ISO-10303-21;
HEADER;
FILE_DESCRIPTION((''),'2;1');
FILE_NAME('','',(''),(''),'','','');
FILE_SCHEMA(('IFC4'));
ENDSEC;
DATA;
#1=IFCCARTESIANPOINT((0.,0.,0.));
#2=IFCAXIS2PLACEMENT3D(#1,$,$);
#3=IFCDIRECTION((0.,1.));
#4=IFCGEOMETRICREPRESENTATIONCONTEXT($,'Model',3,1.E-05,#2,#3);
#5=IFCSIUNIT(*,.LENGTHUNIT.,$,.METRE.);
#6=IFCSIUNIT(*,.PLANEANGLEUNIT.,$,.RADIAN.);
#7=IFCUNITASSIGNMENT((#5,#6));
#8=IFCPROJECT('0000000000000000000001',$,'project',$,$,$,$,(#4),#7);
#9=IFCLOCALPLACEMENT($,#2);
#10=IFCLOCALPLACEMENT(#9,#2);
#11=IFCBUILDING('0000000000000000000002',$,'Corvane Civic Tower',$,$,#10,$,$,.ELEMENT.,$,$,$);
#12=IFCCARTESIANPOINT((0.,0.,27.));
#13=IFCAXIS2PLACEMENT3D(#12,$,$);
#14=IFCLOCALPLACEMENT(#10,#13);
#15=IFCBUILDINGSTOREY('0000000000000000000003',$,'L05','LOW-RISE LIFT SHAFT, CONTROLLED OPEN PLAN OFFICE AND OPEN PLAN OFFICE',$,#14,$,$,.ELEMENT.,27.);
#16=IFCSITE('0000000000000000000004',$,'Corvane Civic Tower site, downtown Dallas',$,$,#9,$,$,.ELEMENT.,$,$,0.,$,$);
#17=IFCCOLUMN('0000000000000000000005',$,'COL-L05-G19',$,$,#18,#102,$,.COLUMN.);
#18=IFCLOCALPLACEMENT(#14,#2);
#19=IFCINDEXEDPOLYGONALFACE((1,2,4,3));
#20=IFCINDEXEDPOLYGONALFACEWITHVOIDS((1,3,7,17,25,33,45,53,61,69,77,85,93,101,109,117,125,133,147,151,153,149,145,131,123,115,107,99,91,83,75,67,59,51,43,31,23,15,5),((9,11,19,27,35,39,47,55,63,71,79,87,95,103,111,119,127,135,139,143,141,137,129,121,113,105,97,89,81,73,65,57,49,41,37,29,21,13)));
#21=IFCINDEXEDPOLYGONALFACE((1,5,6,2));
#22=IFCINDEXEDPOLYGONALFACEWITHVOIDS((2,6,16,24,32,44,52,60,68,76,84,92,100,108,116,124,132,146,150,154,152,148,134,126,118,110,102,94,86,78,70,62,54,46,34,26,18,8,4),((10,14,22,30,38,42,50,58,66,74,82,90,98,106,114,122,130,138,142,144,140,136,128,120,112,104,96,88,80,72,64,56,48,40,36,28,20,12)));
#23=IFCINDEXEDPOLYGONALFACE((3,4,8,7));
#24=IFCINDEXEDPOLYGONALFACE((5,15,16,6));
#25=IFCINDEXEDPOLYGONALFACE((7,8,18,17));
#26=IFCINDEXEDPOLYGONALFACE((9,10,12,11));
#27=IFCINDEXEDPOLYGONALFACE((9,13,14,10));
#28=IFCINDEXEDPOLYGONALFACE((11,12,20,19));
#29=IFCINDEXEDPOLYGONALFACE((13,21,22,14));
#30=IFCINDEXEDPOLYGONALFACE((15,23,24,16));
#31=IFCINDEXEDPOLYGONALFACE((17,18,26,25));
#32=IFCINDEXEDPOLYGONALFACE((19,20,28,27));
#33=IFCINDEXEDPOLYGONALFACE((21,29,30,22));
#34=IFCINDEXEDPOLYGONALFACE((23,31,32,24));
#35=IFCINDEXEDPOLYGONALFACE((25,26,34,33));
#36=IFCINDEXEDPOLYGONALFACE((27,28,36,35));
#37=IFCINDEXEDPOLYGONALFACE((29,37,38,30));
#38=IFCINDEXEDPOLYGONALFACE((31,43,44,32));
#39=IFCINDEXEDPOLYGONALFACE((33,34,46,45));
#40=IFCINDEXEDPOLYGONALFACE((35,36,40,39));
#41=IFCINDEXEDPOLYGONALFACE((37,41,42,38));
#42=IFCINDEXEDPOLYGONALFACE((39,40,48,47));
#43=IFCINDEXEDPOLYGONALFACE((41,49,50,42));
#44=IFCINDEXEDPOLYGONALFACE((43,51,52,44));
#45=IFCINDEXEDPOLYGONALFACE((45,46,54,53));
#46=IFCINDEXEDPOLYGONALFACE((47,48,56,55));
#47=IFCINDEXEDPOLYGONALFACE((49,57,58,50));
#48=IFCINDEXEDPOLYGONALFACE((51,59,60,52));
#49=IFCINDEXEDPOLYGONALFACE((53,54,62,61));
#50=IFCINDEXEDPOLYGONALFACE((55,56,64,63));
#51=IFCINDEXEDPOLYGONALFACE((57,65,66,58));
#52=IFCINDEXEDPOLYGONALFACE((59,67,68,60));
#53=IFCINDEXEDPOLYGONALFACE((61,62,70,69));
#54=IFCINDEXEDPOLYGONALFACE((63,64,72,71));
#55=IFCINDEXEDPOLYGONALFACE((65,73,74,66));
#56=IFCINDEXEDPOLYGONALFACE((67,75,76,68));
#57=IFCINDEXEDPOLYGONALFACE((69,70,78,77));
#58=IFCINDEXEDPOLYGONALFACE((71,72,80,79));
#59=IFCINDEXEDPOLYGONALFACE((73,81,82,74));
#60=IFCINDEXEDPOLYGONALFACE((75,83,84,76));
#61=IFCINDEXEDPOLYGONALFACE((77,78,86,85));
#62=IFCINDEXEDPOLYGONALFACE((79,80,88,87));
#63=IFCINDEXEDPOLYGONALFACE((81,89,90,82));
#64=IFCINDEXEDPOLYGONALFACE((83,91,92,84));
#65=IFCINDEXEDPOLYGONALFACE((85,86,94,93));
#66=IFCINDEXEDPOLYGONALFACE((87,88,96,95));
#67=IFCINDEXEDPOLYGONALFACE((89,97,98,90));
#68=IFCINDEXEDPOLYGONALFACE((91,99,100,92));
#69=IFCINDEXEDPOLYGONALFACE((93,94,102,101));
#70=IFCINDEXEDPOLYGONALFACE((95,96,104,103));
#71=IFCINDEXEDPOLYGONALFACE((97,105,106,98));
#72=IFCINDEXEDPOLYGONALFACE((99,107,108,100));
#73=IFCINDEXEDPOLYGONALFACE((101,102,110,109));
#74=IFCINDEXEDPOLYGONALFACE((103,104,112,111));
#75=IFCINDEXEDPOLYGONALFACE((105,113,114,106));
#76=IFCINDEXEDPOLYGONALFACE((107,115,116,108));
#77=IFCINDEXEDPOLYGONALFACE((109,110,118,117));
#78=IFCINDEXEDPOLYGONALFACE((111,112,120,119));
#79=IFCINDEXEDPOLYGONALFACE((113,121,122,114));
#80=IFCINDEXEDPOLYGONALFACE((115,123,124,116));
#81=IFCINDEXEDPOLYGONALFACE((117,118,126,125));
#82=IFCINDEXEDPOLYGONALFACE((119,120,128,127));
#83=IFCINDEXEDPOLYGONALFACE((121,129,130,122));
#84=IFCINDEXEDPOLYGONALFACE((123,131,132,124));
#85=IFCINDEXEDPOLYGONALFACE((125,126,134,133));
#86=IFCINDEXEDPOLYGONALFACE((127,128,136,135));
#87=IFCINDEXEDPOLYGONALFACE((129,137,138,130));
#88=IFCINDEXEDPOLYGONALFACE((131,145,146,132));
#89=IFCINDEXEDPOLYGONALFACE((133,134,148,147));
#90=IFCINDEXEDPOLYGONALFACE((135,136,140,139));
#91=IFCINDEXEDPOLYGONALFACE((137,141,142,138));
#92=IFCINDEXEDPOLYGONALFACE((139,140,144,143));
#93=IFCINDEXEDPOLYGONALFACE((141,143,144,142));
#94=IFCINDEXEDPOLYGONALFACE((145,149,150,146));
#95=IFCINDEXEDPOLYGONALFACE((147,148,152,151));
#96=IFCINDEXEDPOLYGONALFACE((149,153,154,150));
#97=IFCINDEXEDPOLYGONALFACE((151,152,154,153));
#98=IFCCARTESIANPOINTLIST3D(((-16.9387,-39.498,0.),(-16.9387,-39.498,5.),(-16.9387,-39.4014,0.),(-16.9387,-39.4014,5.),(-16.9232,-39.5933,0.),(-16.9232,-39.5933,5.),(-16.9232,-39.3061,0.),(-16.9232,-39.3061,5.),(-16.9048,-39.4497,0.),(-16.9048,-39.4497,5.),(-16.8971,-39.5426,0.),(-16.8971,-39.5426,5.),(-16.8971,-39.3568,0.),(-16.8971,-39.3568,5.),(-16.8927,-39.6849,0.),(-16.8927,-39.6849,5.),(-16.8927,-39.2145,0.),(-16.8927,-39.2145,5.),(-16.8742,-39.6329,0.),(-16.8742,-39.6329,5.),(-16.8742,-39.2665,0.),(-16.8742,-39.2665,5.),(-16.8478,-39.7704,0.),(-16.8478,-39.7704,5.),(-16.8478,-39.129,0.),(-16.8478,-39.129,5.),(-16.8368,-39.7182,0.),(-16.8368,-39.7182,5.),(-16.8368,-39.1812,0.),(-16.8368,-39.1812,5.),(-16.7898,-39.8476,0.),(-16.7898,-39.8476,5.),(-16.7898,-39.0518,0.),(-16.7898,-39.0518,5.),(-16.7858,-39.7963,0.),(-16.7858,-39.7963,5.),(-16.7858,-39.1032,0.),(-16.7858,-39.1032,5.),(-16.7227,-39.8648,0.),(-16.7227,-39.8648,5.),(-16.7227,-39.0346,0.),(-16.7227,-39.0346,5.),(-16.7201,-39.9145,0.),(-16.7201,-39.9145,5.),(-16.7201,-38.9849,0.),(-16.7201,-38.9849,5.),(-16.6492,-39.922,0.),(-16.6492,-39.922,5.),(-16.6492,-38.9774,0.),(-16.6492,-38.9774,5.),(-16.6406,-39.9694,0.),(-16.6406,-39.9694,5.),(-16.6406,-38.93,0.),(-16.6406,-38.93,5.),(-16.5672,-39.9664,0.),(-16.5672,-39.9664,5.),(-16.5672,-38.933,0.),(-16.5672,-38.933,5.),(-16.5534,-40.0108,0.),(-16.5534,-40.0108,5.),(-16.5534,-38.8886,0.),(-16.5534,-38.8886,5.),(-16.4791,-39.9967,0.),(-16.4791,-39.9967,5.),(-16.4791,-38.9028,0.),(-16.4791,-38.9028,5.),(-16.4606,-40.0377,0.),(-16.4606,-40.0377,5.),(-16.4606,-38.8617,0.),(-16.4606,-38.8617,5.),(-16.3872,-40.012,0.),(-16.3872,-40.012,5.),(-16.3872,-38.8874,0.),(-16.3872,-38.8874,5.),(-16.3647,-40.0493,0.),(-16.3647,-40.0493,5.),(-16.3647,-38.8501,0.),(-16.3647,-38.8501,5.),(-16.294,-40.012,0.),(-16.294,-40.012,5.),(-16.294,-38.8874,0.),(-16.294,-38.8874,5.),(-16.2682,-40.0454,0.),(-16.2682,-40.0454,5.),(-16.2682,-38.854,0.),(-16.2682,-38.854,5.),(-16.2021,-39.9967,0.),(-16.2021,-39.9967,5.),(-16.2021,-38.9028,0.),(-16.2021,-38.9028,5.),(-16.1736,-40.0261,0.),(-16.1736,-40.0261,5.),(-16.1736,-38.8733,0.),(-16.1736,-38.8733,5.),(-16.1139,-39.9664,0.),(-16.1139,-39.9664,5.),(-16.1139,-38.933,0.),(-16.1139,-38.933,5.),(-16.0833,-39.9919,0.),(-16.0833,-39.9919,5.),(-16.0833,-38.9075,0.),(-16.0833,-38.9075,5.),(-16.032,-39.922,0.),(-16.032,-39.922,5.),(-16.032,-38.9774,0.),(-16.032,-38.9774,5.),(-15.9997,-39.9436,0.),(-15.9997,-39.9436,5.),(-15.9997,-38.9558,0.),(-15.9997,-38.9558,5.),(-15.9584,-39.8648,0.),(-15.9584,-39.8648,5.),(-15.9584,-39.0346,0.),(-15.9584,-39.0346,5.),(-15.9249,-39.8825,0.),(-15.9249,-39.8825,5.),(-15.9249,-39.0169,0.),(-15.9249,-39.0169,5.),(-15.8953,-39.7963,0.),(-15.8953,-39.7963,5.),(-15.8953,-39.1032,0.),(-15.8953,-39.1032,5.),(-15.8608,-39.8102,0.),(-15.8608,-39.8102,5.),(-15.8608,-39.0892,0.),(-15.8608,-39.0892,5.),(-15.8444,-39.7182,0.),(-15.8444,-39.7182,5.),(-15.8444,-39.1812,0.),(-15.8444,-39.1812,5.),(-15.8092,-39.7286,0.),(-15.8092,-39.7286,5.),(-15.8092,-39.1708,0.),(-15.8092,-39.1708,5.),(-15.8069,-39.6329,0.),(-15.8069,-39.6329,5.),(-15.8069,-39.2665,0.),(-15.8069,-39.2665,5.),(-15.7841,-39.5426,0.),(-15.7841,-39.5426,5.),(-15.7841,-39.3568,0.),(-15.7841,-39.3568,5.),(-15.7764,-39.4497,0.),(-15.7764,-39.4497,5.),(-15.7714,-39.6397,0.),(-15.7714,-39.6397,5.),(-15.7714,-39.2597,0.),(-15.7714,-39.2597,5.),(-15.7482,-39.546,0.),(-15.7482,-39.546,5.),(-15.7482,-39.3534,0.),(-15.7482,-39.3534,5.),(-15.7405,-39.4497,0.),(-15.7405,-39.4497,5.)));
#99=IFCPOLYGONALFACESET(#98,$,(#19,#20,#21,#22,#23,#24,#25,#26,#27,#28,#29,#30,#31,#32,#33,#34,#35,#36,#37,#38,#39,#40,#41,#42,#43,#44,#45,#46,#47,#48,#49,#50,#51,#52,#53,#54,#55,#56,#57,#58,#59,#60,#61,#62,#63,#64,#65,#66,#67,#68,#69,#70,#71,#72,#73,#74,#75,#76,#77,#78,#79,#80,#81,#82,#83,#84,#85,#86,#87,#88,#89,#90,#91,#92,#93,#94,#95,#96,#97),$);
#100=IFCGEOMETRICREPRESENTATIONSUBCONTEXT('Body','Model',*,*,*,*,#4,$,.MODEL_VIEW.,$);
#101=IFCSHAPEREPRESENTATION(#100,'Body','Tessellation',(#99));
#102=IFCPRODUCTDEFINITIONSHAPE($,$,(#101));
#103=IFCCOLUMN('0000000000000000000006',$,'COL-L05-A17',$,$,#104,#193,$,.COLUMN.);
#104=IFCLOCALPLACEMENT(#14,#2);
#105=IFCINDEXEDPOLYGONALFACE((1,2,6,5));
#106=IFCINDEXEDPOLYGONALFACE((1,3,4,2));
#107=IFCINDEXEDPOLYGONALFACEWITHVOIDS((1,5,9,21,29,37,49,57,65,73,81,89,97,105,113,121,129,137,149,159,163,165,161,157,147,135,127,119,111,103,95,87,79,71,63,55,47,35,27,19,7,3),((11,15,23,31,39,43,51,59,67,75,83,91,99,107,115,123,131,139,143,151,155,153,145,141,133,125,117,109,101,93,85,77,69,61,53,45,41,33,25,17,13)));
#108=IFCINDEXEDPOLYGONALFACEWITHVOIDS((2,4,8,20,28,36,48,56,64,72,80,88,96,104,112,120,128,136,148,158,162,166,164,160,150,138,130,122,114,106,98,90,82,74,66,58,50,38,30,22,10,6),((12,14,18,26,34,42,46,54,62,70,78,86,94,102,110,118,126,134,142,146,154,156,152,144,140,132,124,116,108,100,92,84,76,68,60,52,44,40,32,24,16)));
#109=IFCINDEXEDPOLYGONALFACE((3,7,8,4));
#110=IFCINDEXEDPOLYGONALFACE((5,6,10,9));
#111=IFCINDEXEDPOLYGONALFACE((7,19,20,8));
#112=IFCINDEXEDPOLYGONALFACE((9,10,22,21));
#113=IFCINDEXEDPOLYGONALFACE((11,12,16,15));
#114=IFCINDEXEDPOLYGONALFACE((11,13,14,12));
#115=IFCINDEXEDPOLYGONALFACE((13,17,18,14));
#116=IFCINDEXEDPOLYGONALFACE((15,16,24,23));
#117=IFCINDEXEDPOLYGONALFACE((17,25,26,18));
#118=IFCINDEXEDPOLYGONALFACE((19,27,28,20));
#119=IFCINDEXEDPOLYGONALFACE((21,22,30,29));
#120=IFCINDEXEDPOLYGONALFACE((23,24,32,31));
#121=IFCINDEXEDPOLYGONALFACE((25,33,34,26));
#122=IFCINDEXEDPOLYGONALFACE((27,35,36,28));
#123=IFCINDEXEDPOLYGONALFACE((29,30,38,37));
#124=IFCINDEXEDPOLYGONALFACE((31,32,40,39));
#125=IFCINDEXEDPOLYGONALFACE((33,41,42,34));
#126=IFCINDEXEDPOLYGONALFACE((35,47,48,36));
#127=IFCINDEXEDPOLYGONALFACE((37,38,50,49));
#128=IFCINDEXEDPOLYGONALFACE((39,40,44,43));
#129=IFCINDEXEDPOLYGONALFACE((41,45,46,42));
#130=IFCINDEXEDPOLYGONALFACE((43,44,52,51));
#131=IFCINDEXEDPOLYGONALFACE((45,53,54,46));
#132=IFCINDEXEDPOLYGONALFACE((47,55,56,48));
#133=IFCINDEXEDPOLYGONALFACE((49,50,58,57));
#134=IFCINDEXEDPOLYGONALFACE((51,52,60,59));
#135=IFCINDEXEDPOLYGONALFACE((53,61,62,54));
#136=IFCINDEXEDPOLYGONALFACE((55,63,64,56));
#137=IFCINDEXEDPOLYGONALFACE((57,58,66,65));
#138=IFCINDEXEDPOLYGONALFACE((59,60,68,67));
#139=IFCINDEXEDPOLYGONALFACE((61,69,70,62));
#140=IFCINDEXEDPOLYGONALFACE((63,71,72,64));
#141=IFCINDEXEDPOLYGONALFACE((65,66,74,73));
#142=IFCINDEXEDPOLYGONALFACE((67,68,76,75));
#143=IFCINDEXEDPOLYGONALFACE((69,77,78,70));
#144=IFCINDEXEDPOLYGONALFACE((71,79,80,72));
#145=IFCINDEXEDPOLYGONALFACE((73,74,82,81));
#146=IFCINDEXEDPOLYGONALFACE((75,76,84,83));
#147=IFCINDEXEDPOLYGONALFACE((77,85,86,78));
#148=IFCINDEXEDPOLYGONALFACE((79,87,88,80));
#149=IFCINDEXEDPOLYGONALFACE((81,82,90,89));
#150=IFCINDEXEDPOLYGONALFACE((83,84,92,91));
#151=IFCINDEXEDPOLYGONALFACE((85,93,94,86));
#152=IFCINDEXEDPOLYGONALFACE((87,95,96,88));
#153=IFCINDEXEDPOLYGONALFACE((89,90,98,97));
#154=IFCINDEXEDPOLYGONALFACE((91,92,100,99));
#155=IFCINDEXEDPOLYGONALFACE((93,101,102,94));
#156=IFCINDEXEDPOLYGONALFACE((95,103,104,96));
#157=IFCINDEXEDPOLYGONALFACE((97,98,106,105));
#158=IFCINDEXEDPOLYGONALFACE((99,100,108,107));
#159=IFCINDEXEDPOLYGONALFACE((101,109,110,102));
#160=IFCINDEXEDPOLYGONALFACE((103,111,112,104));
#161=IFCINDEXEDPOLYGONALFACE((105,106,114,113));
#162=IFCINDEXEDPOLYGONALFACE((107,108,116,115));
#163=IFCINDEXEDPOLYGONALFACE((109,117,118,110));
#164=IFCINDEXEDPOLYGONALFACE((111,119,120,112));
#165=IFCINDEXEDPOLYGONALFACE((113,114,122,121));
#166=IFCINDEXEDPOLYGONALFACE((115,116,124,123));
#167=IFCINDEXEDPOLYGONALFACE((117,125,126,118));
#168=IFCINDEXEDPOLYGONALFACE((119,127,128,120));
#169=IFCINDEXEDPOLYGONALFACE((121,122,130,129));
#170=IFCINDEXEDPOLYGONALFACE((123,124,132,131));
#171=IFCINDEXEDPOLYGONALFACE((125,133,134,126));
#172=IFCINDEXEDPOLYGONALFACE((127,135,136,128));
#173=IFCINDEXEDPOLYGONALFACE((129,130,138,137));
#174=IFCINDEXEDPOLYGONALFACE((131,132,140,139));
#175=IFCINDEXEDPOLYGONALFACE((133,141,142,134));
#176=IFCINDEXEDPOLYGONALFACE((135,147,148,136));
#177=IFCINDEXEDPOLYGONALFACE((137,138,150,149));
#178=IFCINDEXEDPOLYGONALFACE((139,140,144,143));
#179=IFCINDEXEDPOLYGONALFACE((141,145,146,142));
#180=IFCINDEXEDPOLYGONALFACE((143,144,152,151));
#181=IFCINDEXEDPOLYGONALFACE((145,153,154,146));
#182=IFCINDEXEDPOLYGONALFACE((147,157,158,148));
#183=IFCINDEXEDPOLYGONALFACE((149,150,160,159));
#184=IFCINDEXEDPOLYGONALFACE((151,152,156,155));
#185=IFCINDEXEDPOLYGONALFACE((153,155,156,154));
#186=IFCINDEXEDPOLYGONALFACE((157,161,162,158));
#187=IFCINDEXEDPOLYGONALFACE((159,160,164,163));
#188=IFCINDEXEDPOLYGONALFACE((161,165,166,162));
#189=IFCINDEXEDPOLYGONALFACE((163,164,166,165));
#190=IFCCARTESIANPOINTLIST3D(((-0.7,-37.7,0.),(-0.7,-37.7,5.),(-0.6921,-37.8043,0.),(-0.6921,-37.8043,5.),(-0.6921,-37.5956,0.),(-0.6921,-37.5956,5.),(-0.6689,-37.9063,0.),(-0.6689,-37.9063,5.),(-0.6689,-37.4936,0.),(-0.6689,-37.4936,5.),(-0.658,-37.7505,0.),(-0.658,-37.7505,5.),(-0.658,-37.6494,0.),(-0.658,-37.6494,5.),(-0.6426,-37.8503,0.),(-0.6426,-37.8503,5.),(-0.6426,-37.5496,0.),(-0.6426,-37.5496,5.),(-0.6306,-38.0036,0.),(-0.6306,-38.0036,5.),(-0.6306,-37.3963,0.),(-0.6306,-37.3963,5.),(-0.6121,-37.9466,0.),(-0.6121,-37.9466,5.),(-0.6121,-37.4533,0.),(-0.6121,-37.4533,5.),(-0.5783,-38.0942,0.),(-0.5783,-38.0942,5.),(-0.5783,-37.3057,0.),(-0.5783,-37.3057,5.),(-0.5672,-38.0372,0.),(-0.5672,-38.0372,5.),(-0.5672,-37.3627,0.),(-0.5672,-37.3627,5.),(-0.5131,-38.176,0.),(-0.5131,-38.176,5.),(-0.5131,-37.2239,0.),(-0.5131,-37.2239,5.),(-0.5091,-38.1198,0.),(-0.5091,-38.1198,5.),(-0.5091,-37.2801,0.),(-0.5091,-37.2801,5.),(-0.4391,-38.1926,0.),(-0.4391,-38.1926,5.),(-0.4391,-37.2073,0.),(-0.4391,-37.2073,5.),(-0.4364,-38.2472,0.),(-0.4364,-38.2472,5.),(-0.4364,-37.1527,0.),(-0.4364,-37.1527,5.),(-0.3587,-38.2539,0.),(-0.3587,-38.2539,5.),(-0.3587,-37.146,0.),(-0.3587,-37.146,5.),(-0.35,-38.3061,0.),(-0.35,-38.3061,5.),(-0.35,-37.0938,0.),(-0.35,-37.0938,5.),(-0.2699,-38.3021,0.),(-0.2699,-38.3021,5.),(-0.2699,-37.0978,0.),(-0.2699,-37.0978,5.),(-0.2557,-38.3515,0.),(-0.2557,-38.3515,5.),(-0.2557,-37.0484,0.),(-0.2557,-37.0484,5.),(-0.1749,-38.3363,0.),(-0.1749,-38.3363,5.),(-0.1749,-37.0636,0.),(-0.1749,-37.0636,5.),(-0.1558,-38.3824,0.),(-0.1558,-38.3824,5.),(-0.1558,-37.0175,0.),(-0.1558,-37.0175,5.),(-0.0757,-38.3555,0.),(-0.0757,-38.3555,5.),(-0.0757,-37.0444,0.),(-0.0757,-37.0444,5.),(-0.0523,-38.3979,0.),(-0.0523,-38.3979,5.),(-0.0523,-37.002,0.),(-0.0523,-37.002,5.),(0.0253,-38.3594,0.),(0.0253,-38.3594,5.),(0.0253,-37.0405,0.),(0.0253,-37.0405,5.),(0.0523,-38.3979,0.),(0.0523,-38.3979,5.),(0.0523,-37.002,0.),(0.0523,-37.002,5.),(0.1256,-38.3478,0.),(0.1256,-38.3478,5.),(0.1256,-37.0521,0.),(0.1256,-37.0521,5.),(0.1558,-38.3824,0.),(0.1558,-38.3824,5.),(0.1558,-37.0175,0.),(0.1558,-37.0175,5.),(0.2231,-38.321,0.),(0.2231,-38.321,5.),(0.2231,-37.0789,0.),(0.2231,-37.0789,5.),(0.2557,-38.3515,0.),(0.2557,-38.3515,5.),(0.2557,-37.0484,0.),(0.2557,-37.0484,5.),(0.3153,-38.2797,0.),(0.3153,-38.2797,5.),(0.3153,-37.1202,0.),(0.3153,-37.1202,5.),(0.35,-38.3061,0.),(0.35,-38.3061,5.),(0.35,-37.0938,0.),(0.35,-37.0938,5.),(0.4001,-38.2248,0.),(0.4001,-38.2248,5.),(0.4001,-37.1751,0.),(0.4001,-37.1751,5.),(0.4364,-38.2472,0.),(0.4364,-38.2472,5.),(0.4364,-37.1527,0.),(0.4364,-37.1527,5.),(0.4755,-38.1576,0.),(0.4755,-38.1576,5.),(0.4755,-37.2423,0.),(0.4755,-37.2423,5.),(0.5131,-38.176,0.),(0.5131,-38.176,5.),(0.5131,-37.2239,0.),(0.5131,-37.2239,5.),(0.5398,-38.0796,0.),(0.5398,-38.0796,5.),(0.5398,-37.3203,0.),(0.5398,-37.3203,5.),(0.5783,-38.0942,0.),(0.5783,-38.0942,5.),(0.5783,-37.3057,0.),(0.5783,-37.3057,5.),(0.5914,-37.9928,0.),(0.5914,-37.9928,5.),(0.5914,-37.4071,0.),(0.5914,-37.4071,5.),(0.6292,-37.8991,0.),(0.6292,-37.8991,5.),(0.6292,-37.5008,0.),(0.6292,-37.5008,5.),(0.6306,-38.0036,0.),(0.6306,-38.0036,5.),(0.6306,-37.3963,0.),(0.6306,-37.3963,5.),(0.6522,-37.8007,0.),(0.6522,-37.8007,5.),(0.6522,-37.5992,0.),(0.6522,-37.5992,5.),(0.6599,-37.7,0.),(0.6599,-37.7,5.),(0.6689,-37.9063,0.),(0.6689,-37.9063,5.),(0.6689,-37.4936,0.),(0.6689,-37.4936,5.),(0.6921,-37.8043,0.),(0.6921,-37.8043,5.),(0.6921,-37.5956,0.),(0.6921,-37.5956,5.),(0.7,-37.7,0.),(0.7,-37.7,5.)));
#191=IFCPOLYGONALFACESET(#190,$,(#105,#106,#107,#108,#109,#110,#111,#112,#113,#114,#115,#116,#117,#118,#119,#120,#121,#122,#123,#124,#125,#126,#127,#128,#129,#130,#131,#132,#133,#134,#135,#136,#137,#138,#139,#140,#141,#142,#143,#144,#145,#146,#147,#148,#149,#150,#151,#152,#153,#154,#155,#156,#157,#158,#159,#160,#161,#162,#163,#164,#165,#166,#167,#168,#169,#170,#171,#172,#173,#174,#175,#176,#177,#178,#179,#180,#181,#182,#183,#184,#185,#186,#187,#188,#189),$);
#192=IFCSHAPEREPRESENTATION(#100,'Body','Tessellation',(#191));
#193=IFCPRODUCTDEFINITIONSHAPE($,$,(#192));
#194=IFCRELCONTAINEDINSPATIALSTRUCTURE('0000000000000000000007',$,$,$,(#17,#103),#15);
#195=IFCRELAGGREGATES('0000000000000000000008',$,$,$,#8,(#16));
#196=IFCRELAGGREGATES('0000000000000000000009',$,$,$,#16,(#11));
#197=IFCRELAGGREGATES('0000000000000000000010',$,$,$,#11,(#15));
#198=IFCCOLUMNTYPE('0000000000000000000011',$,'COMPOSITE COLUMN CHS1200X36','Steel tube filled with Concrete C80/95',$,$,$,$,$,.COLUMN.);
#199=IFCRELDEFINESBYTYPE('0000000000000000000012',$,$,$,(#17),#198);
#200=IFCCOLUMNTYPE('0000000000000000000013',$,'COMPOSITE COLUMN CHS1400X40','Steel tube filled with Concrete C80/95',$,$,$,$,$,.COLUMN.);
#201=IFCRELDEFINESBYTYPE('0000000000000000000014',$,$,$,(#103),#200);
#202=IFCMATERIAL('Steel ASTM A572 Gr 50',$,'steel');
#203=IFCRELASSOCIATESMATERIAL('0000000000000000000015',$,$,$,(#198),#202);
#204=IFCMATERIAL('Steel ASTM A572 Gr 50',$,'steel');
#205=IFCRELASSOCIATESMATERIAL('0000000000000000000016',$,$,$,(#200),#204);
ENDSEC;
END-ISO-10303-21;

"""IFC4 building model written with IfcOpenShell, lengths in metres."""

from ifc_helpers import new_model, si_unit, direction, frame, origin, origin_2d, place, context, subcontext, project, spatial, hollow_circle, extrude, material, material_profile, profile_set, type_object, element, save


model = new_model("IFC4")

# Units and contexts
model_context = context("Model", 3, precision=1e-05, world=origin(), true_north=direction((0.0, 1.0)))
body_context = subcontext(model_context, "Body", "Model", "MODEL_VIEW")
ifc_project = project(units=[si_unit("LENGTHUNIT", "METRE"), si_unit("PLANEANGLEUNIT", "RADIAN")], contexts=[model_context])

# Site, building, storey
site_placement = place(None, origin())
site = spatial("IfcSite", under=ifc_project, at=site_placement, Name="Corvane Civic Tower site, downtown Dallas", CompositionType="ELEMENT", RefElevation=0.0)
building_placement = place(site_placement, origin())
building = spatial("IfcBuilding", under=site, at=building_placement, Name="Corvane Civic Tower", CompositionType="ELEMENT")
storey_placement = place(building_placement, frame((0.0, 0.0, 27.0)))
storey = spatial("IfcBuildingStorey", under=building, at=storey_placement, Name="L05", Description="LOW-RISE LIFT SHAFT, CONTROLLED OPEN PLAN OFFICE AND OPEN PLAN OFFICE", CompositionType="ELEMENT", Elevation=27.0)

# Columns
ifc_material_1 = material(Name="Steel ASTM A572 Gr 50", Category="steel")
ifc_material_profile_1 = material_profile(ifc_material_1, hollow_circle(Radius=0.6001, WallThickness=0.0359, at=origin_2d()), Name="CHS1200X36")
ifc_profile_set_1 = profile_set([ifc_material_profile_1], Name="Steel ASTM A572 Gr 50")
column_type_1 = type_object("IfcColumnType", Name="COMPOSITE COLUMN CHS1200X36", Description="Steel tube filled with Concrete C80/95", PredefinedType="COLUMN", material=ifc_profile_set_1)
for number, where, z_axis, x_axis, name in (
    (1, (-16.3406, -39.4497, 0.0), (0.0, 0.0, 1.0), (1.0, 0.0, 0.0), "COL-L05-G19"),
):
    element("IfcColumn", number, at=place(storey_placement, frame(where, z_axis=z_axis, x_axis=x_axis)), inside=storey, type_object=column_type_1, Name=name, PredefinedType="COLUMN", context=body_context, shape_type="SweptSolid", body=[
        extrude(hollow_circle(Radius=0.6001, WallThickness=0.0359, at=origin_2d()), origin(), (0.0, 0.0, 1.0), 5.0),
    ])
ifc_material_2 = material(Name="Steel ASTM A572 Gr 50", Category="steel")
ifc_material_profile_2 = material_profile(ifc_material_2, hollow_circle(Radius=0.7, WallThickness=0.04, at=origin_2d()), Name="CHS1400X40")
ifc_profile_set_2 = profile_set([ifc_material_profile_2], Name="Steel ASTM A572 Gr 50")
column_type_2 = type_object("IfcColumnType", Name="COMPOSITE COLUMN CHS1400X40", Description="Steel tube filled with Concrete C80/95", PredefinedType="COLUMN", material=ifc_profile_set_2)
for number, where, z_axis, x_axis, name in (
    (2, (0.0, -37.7, 0.0), (0.0, 0.0, 1.0), (1.0, 0.0, 0.0), "COL-L05-A17"),
):
    element("IfcColumn", number, at=place(storey_placement, frame(where, z_axis=z_axis, x_axis=x_axis)), inside=storey, type_object=column_type_2, Name=name, PredefinedType="COLUMN", context=body_context, shape_type="SweptSolid", body=[
        extrude(hollow_circle(Radius=0.7, WallThickness=0.04, at=origin_2d()), origin(), (0.0, 0.0, 1.0), 5.0),
    ])

save(model, "model.ifc")
